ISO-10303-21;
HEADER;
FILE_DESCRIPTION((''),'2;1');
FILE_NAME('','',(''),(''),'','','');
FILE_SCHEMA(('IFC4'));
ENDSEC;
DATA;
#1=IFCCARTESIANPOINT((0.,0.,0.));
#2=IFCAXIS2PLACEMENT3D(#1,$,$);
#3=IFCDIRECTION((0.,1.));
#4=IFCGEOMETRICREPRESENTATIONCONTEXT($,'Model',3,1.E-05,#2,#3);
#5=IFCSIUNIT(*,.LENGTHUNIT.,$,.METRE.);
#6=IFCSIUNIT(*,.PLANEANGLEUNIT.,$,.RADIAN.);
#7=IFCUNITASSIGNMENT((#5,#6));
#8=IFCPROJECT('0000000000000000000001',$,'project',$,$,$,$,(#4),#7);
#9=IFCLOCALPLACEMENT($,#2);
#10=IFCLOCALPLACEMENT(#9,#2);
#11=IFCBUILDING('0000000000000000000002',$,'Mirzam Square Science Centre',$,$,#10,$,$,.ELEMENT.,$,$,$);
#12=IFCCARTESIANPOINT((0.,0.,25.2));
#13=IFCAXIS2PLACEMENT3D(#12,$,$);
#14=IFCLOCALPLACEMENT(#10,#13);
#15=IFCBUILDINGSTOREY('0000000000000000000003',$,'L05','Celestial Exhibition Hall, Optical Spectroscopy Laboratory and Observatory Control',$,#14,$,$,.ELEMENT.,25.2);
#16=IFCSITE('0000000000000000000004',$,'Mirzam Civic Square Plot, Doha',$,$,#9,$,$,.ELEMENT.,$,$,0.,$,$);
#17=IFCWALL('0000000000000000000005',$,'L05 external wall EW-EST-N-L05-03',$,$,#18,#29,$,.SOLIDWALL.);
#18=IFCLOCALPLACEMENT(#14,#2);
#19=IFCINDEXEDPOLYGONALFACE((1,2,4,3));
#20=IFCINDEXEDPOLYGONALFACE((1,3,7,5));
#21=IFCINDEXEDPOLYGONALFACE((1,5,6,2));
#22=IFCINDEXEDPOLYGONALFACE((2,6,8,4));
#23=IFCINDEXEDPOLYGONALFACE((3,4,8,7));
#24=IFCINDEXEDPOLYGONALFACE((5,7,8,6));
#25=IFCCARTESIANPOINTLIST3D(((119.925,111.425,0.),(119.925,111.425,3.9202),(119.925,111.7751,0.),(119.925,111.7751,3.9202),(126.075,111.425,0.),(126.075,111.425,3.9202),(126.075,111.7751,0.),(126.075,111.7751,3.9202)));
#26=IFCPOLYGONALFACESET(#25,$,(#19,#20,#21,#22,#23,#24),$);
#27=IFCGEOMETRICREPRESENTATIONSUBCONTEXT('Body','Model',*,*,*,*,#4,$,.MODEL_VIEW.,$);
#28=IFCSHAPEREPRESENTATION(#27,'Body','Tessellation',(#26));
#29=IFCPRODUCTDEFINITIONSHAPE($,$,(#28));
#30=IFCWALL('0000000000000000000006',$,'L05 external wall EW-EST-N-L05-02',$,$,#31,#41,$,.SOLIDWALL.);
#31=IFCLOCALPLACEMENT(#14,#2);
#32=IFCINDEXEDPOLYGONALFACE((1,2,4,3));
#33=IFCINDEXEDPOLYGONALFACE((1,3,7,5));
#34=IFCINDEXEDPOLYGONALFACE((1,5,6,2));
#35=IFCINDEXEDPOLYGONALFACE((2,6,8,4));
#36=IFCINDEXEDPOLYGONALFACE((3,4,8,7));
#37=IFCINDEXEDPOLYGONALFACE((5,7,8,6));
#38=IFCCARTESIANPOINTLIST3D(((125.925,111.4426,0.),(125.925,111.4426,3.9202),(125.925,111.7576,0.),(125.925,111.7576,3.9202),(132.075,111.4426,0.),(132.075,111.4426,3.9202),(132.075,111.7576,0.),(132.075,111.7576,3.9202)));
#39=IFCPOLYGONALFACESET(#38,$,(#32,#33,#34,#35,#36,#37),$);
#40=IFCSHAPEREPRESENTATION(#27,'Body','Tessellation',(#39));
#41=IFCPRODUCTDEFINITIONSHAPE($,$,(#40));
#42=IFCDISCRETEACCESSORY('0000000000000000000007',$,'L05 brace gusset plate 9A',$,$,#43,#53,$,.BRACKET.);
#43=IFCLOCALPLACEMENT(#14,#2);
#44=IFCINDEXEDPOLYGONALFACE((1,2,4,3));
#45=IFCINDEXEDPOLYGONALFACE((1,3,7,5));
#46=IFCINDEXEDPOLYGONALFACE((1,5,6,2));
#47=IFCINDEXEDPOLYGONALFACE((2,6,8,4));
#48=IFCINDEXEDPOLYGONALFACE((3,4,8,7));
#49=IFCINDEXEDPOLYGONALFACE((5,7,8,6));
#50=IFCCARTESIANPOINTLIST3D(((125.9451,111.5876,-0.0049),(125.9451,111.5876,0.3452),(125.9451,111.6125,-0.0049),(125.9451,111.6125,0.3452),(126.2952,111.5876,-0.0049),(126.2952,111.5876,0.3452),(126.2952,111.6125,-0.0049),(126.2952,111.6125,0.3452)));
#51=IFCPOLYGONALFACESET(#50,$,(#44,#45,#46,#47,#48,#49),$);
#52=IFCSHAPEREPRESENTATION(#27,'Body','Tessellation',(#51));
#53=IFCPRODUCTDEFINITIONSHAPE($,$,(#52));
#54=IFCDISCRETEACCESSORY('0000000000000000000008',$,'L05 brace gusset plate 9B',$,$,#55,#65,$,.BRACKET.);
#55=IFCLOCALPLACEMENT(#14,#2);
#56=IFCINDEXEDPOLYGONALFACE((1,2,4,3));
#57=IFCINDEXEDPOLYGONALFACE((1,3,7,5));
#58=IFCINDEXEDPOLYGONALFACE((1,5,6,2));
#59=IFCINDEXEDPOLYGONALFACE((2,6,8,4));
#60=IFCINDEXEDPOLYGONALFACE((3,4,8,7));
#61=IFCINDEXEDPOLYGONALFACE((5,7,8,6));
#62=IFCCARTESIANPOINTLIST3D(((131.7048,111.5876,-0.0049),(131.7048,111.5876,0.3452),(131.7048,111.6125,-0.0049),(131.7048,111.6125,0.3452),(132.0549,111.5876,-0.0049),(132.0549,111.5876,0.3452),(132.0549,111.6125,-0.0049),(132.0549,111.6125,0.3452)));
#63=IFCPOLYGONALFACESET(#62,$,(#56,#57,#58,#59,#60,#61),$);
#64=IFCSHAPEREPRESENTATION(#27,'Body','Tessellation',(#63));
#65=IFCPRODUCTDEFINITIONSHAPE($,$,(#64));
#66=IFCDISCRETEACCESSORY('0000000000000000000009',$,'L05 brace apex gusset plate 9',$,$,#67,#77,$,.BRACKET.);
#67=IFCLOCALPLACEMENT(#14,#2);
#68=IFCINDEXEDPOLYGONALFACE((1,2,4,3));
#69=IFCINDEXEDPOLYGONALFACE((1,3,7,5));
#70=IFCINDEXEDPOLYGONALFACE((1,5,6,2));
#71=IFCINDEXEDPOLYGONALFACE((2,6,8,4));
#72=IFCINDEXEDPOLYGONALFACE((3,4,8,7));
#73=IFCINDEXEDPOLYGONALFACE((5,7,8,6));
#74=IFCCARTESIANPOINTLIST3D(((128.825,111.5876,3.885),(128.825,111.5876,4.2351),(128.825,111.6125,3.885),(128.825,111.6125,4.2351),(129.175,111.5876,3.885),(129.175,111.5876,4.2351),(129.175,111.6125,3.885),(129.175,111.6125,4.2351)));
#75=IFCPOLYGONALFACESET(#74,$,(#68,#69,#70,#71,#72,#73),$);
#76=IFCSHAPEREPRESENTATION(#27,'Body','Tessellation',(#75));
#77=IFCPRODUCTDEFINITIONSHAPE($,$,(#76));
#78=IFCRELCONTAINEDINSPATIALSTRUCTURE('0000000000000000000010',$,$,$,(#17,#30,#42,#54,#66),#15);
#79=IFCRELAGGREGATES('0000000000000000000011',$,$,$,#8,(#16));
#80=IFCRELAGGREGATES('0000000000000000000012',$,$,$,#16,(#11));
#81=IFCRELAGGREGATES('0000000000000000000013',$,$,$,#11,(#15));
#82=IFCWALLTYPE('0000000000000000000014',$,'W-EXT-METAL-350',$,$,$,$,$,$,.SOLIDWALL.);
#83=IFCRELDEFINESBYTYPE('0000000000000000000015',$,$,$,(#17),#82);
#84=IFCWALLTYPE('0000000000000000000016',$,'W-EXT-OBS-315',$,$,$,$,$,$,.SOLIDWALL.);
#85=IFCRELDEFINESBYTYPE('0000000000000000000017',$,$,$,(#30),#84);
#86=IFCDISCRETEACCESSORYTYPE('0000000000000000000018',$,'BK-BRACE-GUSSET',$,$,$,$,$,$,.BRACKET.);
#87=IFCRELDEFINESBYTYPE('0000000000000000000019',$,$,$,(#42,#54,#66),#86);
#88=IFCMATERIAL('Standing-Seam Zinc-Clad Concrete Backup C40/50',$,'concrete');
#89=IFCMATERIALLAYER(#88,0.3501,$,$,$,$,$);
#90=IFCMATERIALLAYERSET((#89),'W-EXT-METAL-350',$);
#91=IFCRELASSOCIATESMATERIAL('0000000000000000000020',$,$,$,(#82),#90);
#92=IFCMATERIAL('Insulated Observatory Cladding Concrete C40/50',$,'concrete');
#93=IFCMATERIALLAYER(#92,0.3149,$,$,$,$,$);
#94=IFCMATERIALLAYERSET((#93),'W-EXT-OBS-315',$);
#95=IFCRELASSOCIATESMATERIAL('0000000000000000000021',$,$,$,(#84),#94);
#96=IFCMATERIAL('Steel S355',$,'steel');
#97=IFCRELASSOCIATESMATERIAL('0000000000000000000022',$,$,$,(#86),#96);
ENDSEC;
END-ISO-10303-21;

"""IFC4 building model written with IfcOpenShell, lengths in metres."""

from ifc_helpers import new_model, si_unit, direction, frame, frame_2d, origin, origin_2d, place, context, subcontext, project, spatial, rectangle, extrude, material, layer, layer_set, type_object, element, save


model = new_model("IFC4")

# Units and contexts
model_context = context("Model", 3, precision=1e-05, world=origin(), true_north=direction((0.0, 1.0)))
body_context = subcontext(model_context, "Body", "Model", "MODEL_VIEW")
ifc_project = project(units=[si_unit("LENGTHUNIT", "METRE"), si_unit("PLANEANGLEUNIT", "RADIAN")], contexts=[model_context])

# Site, building, storey
site_placement = place(None, origin())
site = spatial("IfcSite", under=ifc_project, at=site_placement, Name="Mirzam Civic Square Plot, Doha", CompositionType="ELEMENT", RefElevation=0.0)
building_placement = place(site_placement, origin())
building = spatial("IfcBuilding", under=site, at=building_placement, Name="Mirzam Square Science Centre", CompositionType="ELEMENT")
storey_placement = place(building_placement, frame((0.0, 0.0, 25.2)))
storey = spatial("IfcBuildingStorey", under=building, at=storey_placement, Name="L05", Description="Celestial Exhibition Hall, Optical Spectroscopy Laboratory and Observatory Control", CompositionType="ELEMENT", Elevation=25.2)

# Shared definitions
ifc_material_1 = material(Name="Steel S355", Category="steel")

# Walls
ifc_material_2 = material(Name="Standing-Seam Zinc-Clad Concrete Backup C40/50", Category="concrete")
ifc_layer_1 = layer(ifc_material_2, 0.3501)
ifc_layer_set_1 = layer_set([ifc_layer_1], Name="W-EXT-METAL-350")
wall_type_1 = type_object("IfcWallType", Name="W-EXT-METAL-350", PredefinedType="SOLIDWALL", material=ifc_layer_set_1)
wall_1_placement = place(storey_placement, frame((126.075, 111.6001, 0.0), z_axis=(0.0, 0.0, 1.0), x_axis=(-1.0, 0.0, 0.0)))
element("IfcWall", 1, at=wall_1_placement, inside=storey, type_object=wall_type_1, Name="L05 external wall EW-EST-N-L05-03", PredefinedType="SOLIDWALL", context=body_context, shape_type="SweptSolid", body=[
    extrude(rectangle(XDim=6.1499, YDim=0.3501, at=frame_2d((3.075, 0.0))), origin(), (0.0, 0.0, 1.0), 3.9202),
])
ifc_material_3 = material(Name="Insulated Observatory Cladding Concrete C40/50", Category="concrete")
ifc_layer_2 = layer(ifc_material_3, 0.3149)
ifc_layer_set_2 = layer_set([ifc_layer_2], Name="W-EXT-OBS-315")
wall_type_2 = type_object("IfcWallType", Name="W-EXT-OBS-315", PredefinedType="SOLIDWALL", material=ifc_layer_set_2)
wall_2_placement = place(storey_placement, frame((132.075, 111.6001, 0.0), z_axis=(0.0, 0.0, 1.0), x_axis=(-1.0, 0.0, 0.0)))
element("IfcWall", 2, at=wall_2_placement, inside=storey, type_object=wall_type_2, Name="L05 external wall EW-EST-N-L05-02", PredefinedType="SOLIDWALL", context=body_context, shape_type="SweptSolid", body=[
    extrude(rectangle(XDim=6.1499, YDim=0.3149, at=frame_2d((3.075, 0.0))), origin(), (0.0, 0.0, 1.0), 3.9202),
])

# Discrete accessories
discrete_accessory_type = type_object("IfcDiscreteAccessoryType", Name="BK-BRACE-GUSSET", PredefinedType="BRACKET", material=ifc_material_1)
for number, where, z_axis, x_axis, name in (
    (3, (126.1201, 111.6001, -0.0049), (0.0, 0.0, 1.0), (1.0, 0.0, 0.0), "L05 brace gusset plate 9A"),
    (4, (131.8799, 111.6001, -0.0049), (0.0, 0.0, 1.0), (1.0, 0.0, 0.0), "L05 brace gusset plate 9B"),
    (5, (129.0, 111.6001, 3.885), (0.0, 0.0, 1.0), (1.0, 0.0, 0.0), "L05 brace apex gusset plate 9"),
):
    element("IfcDiscreteAccessory", number, at=place(storey_placement, frame(where, z_axis=z_axis, x_axis=x_axis)), inside=storey, type_object=discrete_accessory_type, Name=name, PredefinedType="BRACKET", context=body_context, shape_type="SweptSolid", body=[
        extrude(rectangle(XDim=0.3501, YDim=0.0249, at=origin_2d()), origin(), (0.0, 0.0, 1.0), 0.3501),
    ])

save(model, "model.ifc")
